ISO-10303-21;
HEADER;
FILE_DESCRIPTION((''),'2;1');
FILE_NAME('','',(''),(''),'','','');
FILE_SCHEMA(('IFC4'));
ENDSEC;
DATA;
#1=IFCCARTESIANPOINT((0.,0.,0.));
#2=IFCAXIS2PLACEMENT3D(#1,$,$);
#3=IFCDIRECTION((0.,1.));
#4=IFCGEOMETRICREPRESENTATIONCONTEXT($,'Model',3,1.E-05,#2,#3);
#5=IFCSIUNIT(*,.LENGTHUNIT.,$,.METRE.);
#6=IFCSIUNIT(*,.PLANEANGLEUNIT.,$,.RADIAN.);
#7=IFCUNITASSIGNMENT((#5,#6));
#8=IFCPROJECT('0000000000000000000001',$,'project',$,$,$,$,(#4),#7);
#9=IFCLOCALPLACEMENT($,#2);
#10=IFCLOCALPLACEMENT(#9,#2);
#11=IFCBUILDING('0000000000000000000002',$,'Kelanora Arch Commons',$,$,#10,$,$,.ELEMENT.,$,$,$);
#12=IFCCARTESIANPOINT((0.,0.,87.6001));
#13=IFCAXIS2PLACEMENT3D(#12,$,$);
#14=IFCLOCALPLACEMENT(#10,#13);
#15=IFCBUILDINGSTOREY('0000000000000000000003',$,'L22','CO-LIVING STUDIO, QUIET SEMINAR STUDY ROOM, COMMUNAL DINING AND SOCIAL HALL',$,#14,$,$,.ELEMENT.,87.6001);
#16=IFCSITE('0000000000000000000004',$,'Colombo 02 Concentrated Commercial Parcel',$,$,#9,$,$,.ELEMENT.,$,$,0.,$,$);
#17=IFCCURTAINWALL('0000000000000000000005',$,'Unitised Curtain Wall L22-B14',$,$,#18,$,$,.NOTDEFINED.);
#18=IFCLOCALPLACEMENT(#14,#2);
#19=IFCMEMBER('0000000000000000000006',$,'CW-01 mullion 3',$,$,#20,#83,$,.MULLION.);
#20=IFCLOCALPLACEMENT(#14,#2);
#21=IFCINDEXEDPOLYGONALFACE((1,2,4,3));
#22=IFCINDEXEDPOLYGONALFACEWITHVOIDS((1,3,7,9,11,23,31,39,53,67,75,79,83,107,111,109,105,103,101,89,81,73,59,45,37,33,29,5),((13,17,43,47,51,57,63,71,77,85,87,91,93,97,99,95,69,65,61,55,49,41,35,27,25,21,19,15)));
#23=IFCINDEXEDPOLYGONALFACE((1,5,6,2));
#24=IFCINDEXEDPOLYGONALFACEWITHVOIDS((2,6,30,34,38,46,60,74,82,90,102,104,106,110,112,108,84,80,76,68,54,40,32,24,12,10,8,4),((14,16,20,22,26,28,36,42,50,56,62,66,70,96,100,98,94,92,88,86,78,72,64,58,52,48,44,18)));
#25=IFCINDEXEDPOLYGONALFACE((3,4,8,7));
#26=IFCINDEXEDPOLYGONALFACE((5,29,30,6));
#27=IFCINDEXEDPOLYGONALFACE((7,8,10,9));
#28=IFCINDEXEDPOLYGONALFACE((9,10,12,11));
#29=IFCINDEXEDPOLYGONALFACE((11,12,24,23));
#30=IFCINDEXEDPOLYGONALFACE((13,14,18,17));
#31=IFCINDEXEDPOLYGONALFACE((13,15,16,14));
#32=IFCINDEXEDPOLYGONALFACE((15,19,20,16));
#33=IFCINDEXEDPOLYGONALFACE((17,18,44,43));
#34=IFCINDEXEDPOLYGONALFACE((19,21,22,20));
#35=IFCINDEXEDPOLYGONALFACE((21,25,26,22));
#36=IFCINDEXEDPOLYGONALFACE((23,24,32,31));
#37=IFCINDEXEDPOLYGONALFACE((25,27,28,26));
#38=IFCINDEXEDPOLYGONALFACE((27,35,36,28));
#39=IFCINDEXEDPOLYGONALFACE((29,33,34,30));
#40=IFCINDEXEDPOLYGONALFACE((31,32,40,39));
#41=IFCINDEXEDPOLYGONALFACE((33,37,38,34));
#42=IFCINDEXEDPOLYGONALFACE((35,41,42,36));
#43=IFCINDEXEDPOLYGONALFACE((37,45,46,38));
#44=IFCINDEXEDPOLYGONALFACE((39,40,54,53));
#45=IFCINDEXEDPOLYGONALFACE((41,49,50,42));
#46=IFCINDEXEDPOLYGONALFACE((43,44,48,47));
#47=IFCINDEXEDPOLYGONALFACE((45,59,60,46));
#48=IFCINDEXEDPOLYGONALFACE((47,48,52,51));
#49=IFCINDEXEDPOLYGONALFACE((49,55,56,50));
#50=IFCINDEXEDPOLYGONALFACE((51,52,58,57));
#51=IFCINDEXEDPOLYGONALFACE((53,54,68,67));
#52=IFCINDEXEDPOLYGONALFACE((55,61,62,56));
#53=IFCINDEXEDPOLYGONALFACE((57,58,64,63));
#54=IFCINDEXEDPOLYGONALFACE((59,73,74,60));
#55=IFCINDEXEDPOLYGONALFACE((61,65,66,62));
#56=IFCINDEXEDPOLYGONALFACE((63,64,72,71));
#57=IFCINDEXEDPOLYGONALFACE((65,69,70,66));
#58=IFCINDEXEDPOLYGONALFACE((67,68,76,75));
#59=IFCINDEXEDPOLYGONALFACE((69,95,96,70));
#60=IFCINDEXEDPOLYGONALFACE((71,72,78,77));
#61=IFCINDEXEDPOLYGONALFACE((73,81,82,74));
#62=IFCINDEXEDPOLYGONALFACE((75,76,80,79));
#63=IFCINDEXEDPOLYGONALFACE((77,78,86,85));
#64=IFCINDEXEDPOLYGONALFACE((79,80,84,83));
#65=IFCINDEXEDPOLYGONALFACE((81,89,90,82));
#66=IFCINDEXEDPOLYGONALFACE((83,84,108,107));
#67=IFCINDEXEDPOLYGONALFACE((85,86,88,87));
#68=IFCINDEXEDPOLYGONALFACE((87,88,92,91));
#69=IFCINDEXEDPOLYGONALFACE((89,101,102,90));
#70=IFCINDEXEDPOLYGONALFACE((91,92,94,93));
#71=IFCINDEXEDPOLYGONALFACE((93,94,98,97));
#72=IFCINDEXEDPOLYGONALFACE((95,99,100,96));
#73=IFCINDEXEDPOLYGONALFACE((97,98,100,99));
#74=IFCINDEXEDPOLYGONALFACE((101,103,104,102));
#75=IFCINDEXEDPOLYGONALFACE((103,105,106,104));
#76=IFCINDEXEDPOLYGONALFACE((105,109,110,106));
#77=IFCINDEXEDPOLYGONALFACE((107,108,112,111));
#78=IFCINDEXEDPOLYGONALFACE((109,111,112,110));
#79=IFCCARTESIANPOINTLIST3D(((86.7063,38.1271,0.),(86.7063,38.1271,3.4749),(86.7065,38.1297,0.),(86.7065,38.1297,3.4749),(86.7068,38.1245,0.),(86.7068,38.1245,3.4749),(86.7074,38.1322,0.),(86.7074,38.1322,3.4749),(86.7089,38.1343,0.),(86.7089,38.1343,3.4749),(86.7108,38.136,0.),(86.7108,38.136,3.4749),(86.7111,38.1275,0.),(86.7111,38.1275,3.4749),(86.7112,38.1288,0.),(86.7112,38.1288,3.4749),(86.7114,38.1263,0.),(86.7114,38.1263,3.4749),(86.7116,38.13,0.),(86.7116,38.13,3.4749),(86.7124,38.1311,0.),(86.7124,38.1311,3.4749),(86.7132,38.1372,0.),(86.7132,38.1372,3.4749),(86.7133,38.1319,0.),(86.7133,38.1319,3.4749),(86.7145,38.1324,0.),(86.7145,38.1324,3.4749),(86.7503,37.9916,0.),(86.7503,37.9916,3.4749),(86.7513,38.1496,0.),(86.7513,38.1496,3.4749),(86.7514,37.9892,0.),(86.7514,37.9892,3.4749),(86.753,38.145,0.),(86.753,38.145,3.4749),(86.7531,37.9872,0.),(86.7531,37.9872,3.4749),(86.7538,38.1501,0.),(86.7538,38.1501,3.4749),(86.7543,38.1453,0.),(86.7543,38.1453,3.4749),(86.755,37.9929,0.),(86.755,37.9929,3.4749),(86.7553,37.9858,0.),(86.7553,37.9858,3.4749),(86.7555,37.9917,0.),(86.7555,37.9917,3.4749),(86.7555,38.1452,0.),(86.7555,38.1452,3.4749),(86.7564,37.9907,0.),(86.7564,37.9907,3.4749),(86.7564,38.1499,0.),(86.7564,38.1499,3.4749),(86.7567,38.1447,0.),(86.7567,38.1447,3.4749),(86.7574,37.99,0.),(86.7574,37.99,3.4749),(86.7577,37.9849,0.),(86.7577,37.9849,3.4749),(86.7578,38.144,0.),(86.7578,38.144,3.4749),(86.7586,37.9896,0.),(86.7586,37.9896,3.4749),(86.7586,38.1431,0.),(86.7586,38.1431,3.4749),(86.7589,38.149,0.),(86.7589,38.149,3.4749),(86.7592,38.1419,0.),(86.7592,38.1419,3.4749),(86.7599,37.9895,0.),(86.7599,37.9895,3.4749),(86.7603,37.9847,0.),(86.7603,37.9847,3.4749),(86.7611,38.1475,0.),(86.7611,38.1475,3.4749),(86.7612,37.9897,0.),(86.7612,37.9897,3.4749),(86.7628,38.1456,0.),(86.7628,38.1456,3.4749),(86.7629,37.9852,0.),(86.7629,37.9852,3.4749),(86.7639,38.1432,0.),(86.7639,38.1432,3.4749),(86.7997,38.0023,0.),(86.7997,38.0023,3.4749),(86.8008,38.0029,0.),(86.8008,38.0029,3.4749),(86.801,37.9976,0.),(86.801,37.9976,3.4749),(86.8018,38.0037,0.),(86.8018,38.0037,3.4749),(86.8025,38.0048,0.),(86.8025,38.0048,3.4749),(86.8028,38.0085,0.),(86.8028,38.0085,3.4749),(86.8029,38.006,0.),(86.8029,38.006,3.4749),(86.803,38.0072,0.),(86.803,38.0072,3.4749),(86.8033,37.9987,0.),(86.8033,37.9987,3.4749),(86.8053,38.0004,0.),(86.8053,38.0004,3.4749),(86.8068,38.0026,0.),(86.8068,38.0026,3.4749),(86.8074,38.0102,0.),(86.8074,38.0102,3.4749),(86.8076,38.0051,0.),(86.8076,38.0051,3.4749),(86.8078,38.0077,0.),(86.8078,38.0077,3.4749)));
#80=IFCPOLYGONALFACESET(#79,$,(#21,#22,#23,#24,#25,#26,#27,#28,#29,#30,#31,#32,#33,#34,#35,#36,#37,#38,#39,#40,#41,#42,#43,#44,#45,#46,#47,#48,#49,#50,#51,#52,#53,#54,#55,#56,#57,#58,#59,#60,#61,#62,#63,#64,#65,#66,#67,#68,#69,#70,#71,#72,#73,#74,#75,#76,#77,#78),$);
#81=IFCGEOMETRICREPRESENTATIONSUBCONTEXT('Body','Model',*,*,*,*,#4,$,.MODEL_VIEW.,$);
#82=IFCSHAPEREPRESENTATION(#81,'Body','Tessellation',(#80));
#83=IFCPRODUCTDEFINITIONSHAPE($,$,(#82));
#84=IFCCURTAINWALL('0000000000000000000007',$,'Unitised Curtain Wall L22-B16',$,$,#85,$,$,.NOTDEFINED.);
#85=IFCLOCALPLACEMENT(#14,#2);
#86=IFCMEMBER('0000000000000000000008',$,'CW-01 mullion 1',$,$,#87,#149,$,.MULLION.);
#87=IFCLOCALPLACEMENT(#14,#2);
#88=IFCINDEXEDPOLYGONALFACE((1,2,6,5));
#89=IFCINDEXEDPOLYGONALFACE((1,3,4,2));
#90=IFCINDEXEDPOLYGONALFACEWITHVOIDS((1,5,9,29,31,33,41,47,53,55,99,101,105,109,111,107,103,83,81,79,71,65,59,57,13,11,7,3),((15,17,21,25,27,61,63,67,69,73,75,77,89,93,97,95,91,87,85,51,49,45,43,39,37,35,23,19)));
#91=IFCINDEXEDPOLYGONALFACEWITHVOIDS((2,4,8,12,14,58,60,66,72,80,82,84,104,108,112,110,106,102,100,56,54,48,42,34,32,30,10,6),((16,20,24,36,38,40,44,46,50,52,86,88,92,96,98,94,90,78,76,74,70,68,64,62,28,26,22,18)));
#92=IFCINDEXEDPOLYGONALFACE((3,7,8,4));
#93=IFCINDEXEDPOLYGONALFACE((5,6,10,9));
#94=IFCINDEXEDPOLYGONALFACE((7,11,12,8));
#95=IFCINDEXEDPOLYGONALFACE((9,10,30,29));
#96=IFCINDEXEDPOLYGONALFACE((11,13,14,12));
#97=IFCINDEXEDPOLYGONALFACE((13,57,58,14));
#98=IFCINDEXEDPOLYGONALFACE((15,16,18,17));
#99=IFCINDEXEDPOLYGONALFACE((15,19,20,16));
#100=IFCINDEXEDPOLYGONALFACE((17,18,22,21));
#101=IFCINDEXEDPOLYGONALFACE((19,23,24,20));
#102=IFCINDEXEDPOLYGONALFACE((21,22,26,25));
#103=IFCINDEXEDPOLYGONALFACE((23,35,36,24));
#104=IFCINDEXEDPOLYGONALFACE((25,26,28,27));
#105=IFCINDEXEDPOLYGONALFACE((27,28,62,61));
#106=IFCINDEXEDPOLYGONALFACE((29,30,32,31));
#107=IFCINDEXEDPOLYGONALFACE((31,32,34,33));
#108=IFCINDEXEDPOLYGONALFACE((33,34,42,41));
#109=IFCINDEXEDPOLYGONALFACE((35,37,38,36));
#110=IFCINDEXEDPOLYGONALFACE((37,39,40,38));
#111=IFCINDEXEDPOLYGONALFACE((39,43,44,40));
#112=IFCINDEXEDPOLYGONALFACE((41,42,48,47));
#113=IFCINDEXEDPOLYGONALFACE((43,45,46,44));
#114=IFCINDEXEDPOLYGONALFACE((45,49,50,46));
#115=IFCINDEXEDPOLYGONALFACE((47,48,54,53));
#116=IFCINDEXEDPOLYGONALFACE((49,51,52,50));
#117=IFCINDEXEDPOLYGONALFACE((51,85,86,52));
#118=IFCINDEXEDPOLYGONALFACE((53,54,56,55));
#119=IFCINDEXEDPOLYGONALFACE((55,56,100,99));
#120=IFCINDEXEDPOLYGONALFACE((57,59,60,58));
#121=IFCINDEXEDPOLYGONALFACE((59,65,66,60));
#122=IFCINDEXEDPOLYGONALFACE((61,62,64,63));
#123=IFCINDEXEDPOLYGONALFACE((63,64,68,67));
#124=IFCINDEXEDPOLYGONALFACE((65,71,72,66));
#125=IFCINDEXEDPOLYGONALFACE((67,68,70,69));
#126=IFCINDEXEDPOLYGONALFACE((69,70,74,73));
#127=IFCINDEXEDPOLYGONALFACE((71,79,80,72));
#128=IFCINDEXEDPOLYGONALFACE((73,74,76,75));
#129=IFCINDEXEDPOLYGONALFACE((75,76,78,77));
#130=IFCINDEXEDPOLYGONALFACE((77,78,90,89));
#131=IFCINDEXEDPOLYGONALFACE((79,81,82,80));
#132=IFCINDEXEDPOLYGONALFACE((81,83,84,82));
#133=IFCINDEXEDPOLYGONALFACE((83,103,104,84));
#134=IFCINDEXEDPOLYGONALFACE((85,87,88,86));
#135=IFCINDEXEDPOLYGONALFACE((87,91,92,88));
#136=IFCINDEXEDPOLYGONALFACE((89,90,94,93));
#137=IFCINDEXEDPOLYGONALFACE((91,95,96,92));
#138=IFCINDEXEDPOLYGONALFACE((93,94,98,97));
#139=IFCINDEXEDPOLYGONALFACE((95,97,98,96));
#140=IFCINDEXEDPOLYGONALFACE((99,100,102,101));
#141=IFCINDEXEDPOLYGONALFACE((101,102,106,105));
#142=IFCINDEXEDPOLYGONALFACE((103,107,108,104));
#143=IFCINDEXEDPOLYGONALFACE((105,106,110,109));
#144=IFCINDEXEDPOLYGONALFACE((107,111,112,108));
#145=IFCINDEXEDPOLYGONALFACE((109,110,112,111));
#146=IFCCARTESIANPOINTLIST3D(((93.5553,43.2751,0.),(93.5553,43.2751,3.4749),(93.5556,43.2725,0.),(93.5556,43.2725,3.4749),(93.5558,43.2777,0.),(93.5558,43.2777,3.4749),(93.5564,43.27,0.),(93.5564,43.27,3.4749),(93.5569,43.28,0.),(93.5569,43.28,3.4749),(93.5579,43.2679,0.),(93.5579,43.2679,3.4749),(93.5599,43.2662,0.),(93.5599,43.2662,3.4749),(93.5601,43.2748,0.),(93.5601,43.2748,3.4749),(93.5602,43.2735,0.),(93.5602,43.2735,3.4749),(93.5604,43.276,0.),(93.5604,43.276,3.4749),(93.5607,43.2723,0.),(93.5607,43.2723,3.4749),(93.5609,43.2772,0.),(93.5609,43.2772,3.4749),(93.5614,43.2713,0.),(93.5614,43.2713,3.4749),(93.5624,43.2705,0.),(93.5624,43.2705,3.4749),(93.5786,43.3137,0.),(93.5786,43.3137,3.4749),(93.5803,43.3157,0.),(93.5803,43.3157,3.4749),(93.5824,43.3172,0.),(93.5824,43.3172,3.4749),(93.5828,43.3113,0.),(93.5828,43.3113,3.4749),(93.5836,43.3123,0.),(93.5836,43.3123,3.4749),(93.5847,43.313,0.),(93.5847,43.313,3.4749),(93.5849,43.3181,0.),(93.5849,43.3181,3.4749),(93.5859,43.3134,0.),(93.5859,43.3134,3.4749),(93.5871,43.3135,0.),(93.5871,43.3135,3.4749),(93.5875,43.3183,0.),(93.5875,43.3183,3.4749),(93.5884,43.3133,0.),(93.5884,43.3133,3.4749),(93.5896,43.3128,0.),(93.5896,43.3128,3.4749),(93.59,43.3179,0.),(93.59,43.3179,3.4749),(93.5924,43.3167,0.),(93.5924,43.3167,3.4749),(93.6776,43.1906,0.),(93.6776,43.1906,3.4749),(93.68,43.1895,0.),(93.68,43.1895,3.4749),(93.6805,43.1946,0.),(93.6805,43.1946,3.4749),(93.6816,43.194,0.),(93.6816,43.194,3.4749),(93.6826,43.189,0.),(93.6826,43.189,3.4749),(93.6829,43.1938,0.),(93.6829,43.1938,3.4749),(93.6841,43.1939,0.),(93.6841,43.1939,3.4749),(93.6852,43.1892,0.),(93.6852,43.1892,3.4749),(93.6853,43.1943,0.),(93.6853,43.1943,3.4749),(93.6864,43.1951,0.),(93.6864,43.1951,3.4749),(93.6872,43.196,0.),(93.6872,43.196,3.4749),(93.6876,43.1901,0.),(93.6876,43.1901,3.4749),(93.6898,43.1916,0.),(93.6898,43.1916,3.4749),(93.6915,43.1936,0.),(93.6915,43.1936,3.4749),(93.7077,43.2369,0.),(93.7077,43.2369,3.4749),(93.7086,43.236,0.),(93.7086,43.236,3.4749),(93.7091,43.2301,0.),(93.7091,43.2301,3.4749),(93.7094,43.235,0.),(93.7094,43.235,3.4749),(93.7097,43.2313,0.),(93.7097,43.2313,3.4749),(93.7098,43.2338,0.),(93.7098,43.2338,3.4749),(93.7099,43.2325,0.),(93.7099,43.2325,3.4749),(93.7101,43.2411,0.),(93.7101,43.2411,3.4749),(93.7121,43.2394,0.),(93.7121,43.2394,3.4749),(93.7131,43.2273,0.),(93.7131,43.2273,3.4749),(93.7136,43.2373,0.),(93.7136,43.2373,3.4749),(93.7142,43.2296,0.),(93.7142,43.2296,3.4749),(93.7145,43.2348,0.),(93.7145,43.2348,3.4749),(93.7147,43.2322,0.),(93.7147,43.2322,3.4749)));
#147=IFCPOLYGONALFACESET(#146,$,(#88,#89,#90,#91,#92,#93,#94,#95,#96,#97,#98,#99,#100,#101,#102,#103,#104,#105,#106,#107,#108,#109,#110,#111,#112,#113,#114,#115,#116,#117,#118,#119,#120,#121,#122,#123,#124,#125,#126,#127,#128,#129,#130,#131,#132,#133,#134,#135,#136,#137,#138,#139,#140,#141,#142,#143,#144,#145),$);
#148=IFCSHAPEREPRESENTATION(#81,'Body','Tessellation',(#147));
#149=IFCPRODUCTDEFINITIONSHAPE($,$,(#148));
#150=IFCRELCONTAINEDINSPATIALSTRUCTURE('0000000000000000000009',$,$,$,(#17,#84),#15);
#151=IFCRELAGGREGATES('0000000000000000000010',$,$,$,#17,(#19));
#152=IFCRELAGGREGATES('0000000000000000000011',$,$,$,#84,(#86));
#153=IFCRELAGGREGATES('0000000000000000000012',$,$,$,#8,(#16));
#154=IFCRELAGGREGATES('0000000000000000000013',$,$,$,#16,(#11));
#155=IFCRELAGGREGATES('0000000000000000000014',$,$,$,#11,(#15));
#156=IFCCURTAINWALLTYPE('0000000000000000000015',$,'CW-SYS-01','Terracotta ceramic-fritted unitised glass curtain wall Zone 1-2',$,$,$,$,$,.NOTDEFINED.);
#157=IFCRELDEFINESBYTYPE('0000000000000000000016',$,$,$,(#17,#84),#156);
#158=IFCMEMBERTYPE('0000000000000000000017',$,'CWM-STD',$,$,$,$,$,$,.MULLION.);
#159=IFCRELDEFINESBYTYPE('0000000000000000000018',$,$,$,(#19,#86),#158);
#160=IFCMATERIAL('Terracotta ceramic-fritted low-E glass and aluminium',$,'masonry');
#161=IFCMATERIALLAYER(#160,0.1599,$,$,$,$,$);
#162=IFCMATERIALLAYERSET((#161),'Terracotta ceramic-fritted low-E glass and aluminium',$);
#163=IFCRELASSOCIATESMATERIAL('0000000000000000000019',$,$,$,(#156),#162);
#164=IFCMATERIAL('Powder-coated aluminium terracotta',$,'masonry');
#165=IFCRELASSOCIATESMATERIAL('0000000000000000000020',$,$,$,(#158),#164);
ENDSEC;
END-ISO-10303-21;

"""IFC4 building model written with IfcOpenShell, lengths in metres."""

from ifc_helpers import new_model, si_unit, direction, frame, origin, origin_2d, place, context, subcontext, project, spatial, hollow_rectangle, extrude, material, layer, layer_set, material_profile, profile_set, type_object, element, aggregate, save


model = new_model("IFC4")

# Units and contexts
model_context = context("Model", 3, precision=1e-05, world=origin(), true_north=direction((0.0, 1.0)))
body_context = subcontext(model_context, "Body", "Model", "MODEL_VIEW")
ifc_project = project(units=[si_unit("LENGTHUNIT", "METRE"), si_unit("PLANEANGLEUNIT", "RADIAN")], contexts=[model_context])

# Site, building, storey
site_placement = place(None, origin())
site = spatial("IfcSite", under=ifc_project, at=site_placement, Name="Colombo 02 Concentrated Commercial Parcel", CompositionType="ELEMENT", RefElevation=0.0)
building_placement = place(site_placement, origin())
building = spatial("IfcBuilding", under=site, at=building_placement, Name="Kelanora Arch Commons", CompositionType="ELEMENT")
storey_placement = place(building_placement, frame((0.0, 0.0, 87.6001)))
storey = spatial("IfcBuildingStorey", under=building, at=storey_placement, Name="L22", Description="CO-LIVING STUDIO, QUIET SEMINAR STUDY ROOM, COMMUNAL DINING AND SOCIAL HALL", CompositionType="ELEMENT", Elevation=87.6001)

# Curtain wall, member
ifc_material_1 = material(Name="Terracotta ceramic-fritted low-E glass and aluminium", Category="masonry")
ifc_layer_1 = layer(ifc_material_1, 0.1599)
ifc_layer_set_1 = layer_set([ifc_layer_1], Name="Terracotta ceramic-fritted low-E glass and aluminium")
curtain_wall_type = type_object("IfcCurtainWallType", Name="CW-SYS-01", Description="Terracotta ceramic-fritted unitised glass curtain wall Zone 1-2", PredefinedType="NOTDEFINED", material=ifc_layer_set_1)
curtain_wall_1_placement = place(storey_placement, origin())
curtain_wall_1 = element("IfcCurtainWall", 1, at=curtain_wall_1_placement, inside=storey, type_object=curtain_wall_type, Name="Unitised Curtain Wall L22-B14", PredefinedType="NOTDEFINED")
ifc_material_2 = material(Name="Powder-coated aluminium terracotta", Category="masonry")
ifc_material_profile_1 = material_profile(ifc_material_2, hollow_rectangle(XDim=0.1599, YDim=0.0601, WallThickness=0.0049, InnerFilletRadius=0.0049, OuterFilletRadius=0.01, at=origin_2d()), Name="CWM160x60")
ifc_profile_set_1 = profile_set([ifc_material_profile_1], Name="Powder-coated aluminium terracotta")
member_type_1 = type_object("IfcMemberType", Name="CWM-STD", PredefinedType="MULLION", material=ifc_profile_set_1)
member_1_placement = place(storey_placement, frame((86.7571, 38.0674, 0.0), z_axis=(0.0, 0.0, 1.0), x_axis=(-0.310805, 0.950474, 0.0)))
member_1 = element("IfcMember", 2, at=member_1_placement, type_object=member_type_1, Name="CW-01 mullion 3", PredefinedType="MULLION", context=body_context, shape_type="SweptSolid", body=[
    extrude(hollow_rectangle(XDim=0.1599, YDim=0.0601, WallThickness=0.0049, InnerFilletRadius=0.0049, OuterFilletRadius=0.01, at=origin_2d()), origin(), (0.0, 0.0, 1.0), 3.4749),
])
aggregate(curtain_wall_1, [member_1])

# Curtain wall, member
curtain_wall_2_placement = place(storey_placement, origin())
curtain_wall_2 = element("IfcCurtainWall", 3, at=curtain_wall_2_placement, inside=storey, type_object=curtain_wall_type, Name="Unitised Curtain Wall L22-B16", PredefinedType="NOTDEFINED")
member_2_placement = place(storey_placement, frame((93.635, 43.2537, 0.0), z_axis=(0.0, 0.0, 1.0), x_axis=(-0.841269, 0.540617, 0.0)))
member_2 = element("IfcMember", 4, at=member_2_placement, type_object=member_type_1, Name="CW-01 mullion 1", PredefinedType="MULLION", context=body_context, shape_type="SweptSolid", body=[
    extrude(hollow_rectangle(XDim=0.1599, YDim=0.0601, WallThickness=0.0049, InnerFilletRadius=0.0049, OuterFilletRadius=0.01, at=origin_2d()), origin(), (0.0, 0.0, 1.0), 3.4749),
])
aggregate(curtain_wall_2, [member_2])

save(model, "model.ifc")
